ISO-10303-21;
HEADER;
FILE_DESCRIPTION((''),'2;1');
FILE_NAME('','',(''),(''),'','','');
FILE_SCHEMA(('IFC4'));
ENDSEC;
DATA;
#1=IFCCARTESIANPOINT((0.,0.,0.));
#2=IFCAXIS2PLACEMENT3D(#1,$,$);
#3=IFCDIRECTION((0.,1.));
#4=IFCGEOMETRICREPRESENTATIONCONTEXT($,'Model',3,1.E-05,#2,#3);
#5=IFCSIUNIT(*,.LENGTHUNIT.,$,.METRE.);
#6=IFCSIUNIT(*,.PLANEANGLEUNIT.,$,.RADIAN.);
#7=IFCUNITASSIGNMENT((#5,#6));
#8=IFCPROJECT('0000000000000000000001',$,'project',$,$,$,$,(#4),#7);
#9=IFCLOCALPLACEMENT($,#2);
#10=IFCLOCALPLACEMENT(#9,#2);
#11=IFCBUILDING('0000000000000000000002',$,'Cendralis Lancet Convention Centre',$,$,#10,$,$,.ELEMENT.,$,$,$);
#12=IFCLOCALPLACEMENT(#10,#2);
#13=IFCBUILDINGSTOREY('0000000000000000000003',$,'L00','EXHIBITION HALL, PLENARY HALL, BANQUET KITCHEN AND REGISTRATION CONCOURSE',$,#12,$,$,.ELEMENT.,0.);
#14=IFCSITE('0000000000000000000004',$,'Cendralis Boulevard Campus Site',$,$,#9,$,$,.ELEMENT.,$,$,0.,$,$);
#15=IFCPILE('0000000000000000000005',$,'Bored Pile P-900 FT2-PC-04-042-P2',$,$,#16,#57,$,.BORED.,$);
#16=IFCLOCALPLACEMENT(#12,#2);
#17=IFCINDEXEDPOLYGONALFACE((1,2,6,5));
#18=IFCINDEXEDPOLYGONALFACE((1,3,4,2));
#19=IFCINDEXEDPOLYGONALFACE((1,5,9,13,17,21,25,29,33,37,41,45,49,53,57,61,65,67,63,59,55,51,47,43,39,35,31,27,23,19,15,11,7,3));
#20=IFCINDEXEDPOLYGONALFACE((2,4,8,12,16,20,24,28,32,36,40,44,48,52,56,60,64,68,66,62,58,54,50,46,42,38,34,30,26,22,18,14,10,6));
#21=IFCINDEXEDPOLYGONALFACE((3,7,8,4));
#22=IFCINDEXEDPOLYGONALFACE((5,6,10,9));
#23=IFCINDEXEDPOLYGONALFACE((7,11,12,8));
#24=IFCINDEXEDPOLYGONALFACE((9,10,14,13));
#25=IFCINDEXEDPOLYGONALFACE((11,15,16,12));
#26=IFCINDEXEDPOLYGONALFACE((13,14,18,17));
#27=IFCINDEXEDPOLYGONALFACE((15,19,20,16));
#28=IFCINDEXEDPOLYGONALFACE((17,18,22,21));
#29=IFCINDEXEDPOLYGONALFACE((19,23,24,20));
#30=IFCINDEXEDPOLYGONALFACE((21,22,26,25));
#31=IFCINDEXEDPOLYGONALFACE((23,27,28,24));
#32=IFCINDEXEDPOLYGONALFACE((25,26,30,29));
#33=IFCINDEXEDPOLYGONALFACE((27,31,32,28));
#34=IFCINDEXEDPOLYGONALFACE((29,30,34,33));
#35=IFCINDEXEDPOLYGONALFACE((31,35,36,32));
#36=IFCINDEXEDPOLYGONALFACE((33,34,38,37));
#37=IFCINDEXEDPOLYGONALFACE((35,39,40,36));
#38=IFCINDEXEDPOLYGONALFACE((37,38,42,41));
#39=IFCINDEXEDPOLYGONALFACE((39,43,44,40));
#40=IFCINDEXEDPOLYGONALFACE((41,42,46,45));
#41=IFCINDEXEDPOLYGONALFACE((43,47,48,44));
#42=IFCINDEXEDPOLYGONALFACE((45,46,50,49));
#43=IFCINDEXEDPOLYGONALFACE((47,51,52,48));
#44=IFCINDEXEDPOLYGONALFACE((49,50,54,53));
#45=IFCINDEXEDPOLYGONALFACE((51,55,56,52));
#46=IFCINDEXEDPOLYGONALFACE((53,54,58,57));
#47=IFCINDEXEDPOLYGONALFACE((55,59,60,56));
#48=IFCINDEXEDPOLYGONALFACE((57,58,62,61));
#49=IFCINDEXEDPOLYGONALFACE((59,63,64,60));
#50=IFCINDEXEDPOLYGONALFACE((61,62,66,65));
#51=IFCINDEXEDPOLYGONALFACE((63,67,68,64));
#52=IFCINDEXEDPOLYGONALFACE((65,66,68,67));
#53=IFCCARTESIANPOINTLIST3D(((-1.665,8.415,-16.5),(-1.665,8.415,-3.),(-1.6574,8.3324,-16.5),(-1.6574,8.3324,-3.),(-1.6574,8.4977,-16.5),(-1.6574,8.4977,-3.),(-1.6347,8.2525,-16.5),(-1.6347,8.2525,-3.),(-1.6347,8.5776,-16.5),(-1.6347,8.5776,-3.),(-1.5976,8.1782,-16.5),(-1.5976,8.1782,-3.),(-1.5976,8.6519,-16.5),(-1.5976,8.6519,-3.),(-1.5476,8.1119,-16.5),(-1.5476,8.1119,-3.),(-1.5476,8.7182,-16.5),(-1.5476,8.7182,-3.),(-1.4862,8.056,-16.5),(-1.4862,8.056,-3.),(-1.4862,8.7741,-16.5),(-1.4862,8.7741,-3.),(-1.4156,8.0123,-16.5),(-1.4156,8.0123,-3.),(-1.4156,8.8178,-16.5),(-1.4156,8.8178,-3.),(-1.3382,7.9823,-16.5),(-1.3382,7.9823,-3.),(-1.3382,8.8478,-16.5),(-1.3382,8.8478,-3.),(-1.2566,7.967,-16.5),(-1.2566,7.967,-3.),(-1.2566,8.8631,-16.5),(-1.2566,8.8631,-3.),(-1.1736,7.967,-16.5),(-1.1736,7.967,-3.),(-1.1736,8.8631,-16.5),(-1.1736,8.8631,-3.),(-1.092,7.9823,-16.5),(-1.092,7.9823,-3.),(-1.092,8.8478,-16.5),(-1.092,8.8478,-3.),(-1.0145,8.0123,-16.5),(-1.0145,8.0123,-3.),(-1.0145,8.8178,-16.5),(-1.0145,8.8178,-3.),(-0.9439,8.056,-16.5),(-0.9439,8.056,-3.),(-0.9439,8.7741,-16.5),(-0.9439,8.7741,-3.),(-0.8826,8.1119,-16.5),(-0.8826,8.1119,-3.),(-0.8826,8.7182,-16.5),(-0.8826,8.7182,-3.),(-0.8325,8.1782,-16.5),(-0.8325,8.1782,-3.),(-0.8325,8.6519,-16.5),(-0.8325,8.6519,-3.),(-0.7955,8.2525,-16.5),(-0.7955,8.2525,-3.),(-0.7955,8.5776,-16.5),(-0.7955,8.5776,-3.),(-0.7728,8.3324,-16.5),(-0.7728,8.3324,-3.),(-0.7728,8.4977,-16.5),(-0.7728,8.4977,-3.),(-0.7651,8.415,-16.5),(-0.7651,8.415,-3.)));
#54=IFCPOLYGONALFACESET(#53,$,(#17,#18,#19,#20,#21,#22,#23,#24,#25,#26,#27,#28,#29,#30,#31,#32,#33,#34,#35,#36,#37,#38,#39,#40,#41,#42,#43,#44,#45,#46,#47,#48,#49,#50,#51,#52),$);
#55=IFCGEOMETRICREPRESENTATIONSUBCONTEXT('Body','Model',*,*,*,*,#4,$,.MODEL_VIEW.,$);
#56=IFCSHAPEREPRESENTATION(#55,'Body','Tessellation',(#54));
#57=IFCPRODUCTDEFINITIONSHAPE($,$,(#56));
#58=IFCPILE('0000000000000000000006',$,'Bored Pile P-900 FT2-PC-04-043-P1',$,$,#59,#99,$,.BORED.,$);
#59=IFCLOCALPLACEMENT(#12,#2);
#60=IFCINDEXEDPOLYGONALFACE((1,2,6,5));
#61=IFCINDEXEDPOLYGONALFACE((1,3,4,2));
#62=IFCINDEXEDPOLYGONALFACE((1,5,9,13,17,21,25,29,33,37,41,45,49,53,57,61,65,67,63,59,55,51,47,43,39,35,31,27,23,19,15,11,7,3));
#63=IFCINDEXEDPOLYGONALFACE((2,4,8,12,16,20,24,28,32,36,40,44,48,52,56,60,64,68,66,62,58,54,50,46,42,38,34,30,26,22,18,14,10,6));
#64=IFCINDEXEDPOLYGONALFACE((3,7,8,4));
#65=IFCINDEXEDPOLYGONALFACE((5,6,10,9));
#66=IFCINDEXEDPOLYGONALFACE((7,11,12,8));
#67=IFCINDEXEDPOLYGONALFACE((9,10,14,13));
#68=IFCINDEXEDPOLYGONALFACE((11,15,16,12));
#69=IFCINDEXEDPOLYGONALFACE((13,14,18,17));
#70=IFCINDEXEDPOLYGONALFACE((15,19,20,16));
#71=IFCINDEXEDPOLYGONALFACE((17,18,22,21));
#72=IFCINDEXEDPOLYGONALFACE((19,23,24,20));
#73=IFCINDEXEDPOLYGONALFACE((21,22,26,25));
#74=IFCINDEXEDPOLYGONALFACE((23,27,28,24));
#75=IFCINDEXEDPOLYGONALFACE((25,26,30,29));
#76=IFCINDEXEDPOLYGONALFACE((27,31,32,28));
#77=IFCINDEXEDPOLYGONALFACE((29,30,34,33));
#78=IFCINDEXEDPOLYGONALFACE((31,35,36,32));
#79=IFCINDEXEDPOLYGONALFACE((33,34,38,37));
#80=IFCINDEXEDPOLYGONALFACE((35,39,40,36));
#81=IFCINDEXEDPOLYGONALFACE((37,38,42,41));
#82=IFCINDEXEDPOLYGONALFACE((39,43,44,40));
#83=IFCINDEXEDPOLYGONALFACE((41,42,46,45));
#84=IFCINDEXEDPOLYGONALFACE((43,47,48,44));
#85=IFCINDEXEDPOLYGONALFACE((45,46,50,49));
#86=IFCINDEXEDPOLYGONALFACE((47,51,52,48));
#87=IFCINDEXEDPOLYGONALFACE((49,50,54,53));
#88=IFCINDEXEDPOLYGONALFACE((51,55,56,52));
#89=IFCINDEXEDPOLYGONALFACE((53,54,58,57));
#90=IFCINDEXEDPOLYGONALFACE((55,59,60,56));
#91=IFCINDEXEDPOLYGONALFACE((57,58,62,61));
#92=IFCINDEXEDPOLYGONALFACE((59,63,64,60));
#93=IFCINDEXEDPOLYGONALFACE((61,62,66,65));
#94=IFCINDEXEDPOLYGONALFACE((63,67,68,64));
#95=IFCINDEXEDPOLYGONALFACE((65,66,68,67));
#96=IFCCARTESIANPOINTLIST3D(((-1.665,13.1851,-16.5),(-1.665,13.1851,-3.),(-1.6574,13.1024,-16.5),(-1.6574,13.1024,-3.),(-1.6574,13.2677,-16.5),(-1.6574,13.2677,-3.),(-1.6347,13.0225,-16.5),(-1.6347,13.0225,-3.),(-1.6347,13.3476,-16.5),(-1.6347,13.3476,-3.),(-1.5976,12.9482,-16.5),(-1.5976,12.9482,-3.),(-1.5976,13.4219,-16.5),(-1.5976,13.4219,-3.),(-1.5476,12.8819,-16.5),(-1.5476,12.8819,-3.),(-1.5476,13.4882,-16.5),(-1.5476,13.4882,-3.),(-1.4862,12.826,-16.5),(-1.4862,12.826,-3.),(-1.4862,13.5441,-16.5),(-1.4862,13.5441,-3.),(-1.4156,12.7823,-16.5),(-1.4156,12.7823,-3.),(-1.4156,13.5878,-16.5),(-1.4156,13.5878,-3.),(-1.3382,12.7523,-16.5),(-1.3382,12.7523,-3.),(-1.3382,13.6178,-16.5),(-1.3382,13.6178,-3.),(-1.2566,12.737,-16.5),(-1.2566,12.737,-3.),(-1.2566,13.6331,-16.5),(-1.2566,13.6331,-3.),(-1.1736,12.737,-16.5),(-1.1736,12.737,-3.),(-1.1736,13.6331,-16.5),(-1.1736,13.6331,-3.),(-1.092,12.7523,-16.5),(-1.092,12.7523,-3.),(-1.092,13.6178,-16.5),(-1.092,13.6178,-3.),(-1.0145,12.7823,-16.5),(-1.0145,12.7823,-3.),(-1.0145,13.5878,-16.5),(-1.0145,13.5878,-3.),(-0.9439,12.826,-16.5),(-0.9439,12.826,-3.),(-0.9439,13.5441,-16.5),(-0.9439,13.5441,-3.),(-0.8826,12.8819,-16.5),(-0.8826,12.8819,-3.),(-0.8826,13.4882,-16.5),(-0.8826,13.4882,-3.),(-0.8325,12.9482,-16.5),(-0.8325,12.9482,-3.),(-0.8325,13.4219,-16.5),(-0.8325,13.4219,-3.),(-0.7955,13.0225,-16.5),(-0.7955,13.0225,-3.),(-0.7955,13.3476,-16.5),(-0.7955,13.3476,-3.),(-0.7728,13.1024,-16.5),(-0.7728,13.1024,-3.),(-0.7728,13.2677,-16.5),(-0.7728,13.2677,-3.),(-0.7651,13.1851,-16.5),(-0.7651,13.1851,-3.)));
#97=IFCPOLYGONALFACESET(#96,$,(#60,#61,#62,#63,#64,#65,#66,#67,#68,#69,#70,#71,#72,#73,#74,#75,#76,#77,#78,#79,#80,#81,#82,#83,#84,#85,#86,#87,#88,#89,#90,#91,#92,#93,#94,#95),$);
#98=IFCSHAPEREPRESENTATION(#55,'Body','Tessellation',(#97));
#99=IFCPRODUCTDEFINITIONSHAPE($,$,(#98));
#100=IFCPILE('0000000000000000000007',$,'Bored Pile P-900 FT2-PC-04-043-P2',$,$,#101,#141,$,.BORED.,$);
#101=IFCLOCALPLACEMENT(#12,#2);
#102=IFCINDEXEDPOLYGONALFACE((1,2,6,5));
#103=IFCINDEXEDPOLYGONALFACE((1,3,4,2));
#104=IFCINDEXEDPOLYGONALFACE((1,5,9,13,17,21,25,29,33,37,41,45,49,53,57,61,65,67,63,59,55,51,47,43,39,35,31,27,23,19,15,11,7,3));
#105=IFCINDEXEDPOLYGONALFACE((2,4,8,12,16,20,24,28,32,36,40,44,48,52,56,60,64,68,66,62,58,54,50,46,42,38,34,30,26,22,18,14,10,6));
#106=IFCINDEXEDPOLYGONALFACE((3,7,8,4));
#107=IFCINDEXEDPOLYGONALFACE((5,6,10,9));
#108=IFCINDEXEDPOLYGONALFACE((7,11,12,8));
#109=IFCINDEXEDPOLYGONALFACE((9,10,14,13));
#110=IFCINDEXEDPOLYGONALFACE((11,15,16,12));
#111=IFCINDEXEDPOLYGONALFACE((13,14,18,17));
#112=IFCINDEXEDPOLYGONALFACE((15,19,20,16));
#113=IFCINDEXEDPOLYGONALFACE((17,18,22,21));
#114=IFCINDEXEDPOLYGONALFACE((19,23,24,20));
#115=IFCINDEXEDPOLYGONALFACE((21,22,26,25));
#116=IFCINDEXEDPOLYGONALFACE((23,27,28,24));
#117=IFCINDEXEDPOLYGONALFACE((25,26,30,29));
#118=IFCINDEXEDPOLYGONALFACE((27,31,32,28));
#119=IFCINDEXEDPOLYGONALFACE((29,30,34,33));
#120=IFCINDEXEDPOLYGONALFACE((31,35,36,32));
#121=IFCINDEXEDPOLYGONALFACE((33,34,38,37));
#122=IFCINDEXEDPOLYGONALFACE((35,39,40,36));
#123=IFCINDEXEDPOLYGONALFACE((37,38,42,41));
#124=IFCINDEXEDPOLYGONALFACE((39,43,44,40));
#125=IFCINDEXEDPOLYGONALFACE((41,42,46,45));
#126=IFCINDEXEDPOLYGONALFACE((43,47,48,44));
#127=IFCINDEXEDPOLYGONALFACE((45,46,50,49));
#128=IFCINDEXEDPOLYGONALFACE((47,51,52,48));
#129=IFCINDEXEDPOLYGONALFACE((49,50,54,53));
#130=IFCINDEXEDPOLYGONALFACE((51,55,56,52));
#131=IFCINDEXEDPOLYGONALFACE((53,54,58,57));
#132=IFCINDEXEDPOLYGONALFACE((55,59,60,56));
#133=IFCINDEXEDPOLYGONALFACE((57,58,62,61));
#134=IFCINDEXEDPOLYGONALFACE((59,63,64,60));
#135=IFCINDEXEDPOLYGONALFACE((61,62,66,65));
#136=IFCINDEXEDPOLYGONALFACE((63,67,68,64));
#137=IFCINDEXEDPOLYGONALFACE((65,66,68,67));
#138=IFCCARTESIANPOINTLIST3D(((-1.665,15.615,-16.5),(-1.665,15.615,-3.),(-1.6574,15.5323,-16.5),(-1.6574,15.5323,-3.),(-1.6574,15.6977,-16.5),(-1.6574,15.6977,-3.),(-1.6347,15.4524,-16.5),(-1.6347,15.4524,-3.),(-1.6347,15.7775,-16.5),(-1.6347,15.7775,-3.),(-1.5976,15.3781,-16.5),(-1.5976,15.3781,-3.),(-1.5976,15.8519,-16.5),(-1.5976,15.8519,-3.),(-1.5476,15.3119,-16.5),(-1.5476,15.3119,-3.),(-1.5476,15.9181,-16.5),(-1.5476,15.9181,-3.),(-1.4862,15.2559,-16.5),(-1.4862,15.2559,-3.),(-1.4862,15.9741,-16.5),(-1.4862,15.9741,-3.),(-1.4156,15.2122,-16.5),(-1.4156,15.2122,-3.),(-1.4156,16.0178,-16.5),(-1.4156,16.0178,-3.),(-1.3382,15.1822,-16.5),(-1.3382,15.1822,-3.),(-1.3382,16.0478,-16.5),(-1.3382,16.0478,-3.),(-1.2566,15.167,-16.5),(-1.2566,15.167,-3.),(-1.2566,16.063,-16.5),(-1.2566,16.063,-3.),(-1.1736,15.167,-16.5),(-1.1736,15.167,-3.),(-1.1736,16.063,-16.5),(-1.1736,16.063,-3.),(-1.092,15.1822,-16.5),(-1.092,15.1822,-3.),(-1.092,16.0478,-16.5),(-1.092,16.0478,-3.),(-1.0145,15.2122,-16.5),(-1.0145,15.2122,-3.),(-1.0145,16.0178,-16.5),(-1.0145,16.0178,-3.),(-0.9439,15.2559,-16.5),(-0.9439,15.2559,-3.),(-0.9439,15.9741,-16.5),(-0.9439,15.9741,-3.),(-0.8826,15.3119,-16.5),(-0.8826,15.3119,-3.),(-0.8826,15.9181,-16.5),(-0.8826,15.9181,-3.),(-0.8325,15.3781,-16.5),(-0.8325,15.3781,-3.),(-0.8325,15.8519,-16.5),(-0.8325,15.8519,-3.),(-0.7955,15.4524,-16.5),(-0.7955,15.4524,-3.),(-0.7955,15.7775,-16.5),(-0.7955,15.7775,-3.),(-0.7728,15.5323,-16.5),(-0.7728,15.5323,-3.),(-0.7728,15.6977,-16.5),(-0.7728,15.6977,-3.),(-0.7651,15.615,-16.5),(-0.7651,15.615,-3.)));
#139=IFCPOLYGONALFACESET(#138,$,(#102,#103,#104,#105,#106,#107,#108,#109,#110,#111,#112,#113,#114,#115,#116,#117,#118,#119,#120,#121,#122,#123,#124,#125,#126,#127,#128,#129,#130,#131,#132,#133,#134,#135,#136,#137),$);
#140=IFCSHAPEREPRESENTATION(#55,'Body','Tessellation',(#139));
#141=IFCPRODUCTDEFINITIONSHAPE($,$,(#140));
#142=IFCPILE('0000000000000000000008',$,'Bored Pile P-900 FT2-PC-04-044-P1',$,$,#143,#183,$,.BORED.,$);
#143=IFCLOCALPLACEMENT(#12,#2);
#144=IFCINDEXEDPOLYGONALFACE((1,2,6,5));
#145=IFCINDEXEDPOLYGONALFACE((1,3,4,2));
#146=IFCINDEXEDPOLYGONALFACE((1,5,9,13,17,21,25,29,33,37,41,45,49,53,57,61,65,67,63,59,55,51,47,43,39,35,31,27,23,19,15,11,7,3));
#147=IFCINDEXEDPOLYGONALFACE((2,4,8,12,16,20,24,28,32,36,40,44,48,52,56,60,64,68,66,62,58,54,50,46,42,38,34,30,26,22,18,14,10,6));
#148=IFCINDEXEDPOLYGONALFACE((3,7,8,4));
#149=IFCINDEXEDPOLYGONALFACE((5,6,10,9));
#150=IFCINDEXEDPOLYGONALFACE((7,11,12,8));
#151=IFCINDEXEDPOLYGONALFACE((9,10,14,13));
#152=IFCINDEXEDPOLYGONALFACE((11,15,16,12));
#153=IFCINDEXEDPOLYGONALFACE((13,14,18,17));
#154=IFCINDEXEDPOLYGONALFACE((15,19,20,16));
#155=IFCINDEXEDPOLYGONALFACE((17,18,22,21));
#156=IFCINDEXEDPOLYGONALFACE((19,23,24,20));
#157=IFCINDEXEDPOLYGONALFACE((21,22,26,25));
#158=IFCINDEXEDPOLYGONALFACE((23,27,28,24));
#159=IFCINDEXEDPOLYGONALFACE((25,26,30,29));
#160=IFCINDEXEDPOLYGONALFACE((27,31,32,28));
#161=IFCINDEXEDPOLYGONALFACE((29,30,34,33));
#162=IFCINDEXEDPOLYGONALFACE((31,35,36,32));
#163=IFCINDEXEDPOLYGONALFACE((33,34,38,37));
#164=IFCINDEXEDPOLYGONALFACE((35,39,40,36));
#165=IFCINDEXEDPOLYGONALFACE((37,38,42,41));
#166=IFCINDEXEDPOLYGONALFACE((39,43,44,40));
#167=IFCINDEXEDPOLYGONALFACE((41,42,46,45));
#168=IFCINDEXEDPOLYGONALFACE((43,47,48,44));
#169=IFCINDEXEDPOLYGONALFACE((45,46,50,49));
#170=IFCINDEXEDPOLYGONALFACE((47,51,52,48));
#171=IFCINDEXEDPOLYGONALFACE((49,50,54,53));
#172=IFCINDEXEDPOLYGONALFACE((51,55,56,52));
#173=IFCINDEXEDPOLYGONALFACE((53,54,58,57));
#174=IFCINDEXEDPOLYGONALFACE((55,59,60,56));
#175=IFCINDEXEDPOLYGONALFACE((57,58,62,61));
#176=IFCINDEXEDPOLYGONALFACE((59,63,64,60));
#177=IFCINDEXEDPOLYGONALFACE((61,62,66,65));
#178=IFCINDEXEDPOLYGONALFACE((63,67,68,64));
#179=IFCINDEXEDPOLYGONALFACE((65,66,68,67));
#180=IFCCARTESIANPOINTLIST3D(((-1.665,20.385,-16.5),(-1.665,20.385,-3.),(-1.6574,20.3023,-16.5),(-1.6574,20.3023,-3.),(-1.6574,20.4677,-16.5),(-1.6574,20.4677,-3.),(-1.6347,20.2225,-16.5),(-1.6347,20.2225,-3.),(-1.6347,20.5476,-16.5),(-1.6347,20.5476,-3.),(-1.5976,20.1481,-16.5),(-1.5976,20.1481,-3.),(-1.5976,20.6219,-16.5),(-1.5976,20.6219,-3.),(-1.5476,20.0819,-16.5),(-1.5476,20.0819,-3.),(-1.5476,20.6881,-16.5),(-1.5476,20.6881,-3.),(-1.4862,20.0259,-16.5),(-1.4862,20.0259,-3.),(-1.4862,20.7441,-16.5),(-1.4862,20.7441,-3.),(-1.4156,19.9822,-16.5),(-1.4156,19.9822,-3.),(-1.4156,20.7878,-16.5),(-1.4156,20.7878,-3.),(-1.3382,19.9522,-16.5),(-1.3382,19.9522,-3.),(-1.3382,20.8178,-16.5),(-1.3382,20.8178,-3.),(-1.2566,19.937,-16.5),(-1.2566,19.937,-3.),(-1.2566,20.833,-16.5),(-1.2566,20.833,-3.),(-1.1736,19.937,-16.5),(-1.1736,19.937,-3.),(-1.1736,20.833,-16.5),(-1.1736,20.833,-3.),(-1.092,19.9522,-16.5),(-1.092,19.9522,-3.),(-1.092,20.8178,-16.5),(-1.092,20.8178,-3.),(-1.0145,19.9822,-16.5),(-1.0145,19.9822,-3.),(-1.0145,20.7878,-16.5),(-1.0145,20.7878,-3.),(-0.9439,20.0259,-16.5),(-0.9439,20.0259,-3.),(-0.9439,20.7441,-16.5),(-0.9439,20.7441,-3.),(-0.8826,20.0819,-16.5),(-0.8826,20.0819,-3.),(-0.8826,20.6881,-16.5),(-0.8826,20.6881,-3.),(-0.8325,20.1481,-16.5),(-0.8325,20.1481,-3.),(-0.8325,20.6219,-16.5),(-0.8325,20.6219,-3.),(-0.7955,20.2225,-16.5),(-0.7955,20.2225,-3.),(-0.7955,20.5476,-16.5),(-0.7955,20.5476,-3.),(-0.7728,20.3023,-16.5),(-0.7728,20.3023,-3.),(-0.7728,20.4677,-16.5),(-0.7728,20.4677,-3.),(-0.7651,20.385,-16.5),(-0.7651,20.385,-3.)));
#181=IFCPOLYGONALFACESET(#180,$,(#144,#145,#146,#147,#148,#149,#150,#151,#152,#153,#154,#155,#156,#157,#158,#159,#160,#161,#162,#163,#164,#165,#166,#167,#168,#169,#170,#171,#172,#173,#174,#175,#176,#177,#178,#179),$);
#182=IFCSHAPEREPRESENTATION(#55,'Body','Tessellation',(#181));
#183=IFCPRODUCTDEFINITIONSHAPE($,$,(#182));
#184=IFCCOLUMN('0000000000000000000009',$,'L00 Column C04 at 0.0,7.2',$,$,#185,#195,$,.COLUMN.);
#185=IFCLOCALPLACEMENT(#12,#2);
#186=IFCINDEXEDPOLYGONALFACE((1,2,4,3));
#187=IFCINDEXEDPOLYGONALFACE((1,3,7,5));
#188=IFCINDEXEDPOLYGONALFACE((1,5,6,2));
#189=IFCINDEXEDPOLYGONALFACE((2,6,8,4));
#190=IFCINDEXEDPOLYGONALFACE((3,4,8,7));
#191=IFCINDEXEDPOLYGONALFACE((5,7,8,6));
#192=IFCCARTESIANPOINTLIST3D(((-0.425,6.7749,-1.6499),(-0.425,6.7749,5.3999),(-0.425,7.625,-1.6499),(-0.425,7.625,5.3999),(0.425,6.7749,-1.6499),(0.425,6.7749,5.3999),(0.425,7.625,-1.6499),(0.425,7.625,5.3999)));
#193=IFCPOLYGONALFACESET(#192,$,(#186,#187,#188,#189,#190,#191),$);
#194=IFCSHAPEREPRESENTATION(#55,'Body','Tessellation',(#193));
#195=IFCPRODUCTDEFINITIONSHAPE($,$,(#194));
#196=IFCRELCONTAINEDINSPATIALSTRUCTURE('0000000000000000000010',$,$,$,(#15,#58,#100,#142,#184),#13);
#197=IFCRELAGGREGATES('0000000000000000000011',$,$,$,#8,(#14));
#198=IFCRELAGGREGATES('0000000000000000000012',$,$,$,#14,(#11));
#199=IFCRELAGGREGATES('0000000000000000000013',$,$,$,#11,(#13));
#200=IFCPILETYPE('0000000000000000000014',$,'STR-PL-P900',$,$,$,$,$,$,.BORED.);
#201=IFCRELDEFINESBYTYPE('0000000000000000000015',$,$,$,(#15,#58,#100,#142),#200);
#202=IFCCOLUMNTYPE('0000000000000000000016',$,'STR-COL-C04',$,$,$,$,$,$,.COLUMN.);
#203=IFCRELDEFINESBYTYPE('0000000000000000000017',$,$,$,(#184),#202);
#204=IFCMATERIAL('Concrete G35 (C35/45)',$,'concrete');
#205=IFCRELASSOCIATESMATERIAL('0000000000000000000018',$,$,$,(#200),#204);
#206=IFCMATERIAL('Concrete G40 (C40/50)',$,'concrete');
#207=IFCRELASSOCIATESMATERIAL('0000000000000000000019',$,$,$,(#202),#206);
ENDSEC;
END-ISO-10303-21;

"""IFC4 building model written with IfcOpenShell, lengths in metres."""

from ifc_helpers import new_model, si_unit, direction, frame, origin, origin_2d, place, context, subcontext, project, spatial, rectangle, circle, extrude, material, material_profile, profile_set, type_object, element, save


model = new_model("IFC4")

# Units and contexts
model_context = context("Model", 3, precision=1e-05, world=origin(), true_north=direction((0.0, 1.0)))
body_context = subcontext(model_context, "Body", "Model", "MODEL_VIEW")
ifc_project = project(units=[si_unit("LENGTHUNIT", "METRE"), si_unit("PLANEANGLEUNIT", "RADIAN")], contexts=[model_context])

# Site, building, storey
site_placement = place(None, origin())
site = spatial("IfcSite", under=ifc_project, at=site_placement, Name="Cendralis Boulevard Campus Site", CompositionType="ELEMENT", RefElevation=0.0)
building_placement = place(site_placement, origin())
building = spatial("IfcBuilding", under=site, at=building_placement, Name="Cendralis Lancet Convention Centre", CompositionType="ELEMENT")
storey_placement = place(building_placement, origin())
storey = spatial("IfcBuildingStorey", under=building, at=storey_placement, Name="L00", Description="EXHIBITION HALL, PLENARY HALL, BANQUET KITCHEN AND REGISTRATION CONCOURSE", CompositionType="ELEMENT", Elevation=0.0)

# Shared definitions
ifc_material_1 = material(Name="Concrete G35 (C35/45)", Category="concrete")

# Piles
ifc_material_profile_1 = material_profile(ifc_material_1, circle(Radius=0.45, at=origin_2d()), Name="BORED PILE D900")
ifc_profile_set_1 = profile_set([ifc_material_profile_1], Name="Concrete G35 (C35/45)")
pile_type = type_object("IfcPileType", Name="STR-PL-P900", PredefinedType="BORED", material=ifc_profile_set_1)
for number, where, z_axis, x_axis, name in (
    (1, (-1.2151, 8.415, -3.0), (0.0, 0.0, -1.0), (1.0, 0.0, 0.0), "Bored Pile P-900 FT2-PC-04-042-P2"),
    (2, (-1.2151, 13.1851, -3.0), (0.0, 0.0, -1.0), (1.0, 0.0, 0.0), "Bored Pile P-900 FT2-PC-04-043-P1"),
    (3, (-1.2151, 15.615, -3.0), (0.0, 0.0, -1.0), (1.0, 0.0, 0.0), "Bored Pile P-900 FT2-PC-04-043-P2"),
    (4, (-1.2151, 20.385, -3.0), (0.0, 0.0, -1.0), (1.0, 0.0, 0.0), "Bored Pile P-900 FT2-PC-04-044-P1"),
):
    element("IfcPile", number, at=place(storey_placement, frame(where, z_axis=z_axis, x_axis=x_axis)), inside=storey, type_object=pile_type, Name=name, PredefinedType="BORED", context=body_context, shape_type="SweptSolid", body=[
        extrude(circle(Radius=0.45, at=origin_2d()), origin(), (0.0, 0.0, 1.0), 13.5),
    ])

# Column
ifc_material_2 = material(Name="Concrete G40 (C40/50)", Category="concrete")
ifc_material_profile_2 = material_profile(ifc_material_2, rectangle(XDim=0.8501, YDim=0.8501, at=origin_2d()), Name="RC 850x850")
ifc_profile_set_2 = profile_set([ifc_material_profile_2], Name="Concrete G40 (C40/50)")
column_type_1 = type_object("IfcColumnType", Name="STR-COL-C04", PredefinedType="COLUMN", material=ifc_profile_set_2)
column_1_placement = place(storey_placement, frame((0.0, 7.2, -1.6499), z_axis=(0.0, 0.0, 1.0), x_axis=(1.0, 0.0, 0.0)))
element("IfcColumn", 5, at=column_1_placement, inside=storey, type_object=column_type_1, Name="L00 Column C04 at 0.0,7.2", PredefinedType="COLUMN", context=body_context, shape_type="SweptSolid", body=[
    extrude(rectangle(XDim=0.8501, YDim=0.8501, at=origin_2d()), origin(), (0.0, 0.0, 1.0), 7.0498),
])

save(model, "model.ifc")
